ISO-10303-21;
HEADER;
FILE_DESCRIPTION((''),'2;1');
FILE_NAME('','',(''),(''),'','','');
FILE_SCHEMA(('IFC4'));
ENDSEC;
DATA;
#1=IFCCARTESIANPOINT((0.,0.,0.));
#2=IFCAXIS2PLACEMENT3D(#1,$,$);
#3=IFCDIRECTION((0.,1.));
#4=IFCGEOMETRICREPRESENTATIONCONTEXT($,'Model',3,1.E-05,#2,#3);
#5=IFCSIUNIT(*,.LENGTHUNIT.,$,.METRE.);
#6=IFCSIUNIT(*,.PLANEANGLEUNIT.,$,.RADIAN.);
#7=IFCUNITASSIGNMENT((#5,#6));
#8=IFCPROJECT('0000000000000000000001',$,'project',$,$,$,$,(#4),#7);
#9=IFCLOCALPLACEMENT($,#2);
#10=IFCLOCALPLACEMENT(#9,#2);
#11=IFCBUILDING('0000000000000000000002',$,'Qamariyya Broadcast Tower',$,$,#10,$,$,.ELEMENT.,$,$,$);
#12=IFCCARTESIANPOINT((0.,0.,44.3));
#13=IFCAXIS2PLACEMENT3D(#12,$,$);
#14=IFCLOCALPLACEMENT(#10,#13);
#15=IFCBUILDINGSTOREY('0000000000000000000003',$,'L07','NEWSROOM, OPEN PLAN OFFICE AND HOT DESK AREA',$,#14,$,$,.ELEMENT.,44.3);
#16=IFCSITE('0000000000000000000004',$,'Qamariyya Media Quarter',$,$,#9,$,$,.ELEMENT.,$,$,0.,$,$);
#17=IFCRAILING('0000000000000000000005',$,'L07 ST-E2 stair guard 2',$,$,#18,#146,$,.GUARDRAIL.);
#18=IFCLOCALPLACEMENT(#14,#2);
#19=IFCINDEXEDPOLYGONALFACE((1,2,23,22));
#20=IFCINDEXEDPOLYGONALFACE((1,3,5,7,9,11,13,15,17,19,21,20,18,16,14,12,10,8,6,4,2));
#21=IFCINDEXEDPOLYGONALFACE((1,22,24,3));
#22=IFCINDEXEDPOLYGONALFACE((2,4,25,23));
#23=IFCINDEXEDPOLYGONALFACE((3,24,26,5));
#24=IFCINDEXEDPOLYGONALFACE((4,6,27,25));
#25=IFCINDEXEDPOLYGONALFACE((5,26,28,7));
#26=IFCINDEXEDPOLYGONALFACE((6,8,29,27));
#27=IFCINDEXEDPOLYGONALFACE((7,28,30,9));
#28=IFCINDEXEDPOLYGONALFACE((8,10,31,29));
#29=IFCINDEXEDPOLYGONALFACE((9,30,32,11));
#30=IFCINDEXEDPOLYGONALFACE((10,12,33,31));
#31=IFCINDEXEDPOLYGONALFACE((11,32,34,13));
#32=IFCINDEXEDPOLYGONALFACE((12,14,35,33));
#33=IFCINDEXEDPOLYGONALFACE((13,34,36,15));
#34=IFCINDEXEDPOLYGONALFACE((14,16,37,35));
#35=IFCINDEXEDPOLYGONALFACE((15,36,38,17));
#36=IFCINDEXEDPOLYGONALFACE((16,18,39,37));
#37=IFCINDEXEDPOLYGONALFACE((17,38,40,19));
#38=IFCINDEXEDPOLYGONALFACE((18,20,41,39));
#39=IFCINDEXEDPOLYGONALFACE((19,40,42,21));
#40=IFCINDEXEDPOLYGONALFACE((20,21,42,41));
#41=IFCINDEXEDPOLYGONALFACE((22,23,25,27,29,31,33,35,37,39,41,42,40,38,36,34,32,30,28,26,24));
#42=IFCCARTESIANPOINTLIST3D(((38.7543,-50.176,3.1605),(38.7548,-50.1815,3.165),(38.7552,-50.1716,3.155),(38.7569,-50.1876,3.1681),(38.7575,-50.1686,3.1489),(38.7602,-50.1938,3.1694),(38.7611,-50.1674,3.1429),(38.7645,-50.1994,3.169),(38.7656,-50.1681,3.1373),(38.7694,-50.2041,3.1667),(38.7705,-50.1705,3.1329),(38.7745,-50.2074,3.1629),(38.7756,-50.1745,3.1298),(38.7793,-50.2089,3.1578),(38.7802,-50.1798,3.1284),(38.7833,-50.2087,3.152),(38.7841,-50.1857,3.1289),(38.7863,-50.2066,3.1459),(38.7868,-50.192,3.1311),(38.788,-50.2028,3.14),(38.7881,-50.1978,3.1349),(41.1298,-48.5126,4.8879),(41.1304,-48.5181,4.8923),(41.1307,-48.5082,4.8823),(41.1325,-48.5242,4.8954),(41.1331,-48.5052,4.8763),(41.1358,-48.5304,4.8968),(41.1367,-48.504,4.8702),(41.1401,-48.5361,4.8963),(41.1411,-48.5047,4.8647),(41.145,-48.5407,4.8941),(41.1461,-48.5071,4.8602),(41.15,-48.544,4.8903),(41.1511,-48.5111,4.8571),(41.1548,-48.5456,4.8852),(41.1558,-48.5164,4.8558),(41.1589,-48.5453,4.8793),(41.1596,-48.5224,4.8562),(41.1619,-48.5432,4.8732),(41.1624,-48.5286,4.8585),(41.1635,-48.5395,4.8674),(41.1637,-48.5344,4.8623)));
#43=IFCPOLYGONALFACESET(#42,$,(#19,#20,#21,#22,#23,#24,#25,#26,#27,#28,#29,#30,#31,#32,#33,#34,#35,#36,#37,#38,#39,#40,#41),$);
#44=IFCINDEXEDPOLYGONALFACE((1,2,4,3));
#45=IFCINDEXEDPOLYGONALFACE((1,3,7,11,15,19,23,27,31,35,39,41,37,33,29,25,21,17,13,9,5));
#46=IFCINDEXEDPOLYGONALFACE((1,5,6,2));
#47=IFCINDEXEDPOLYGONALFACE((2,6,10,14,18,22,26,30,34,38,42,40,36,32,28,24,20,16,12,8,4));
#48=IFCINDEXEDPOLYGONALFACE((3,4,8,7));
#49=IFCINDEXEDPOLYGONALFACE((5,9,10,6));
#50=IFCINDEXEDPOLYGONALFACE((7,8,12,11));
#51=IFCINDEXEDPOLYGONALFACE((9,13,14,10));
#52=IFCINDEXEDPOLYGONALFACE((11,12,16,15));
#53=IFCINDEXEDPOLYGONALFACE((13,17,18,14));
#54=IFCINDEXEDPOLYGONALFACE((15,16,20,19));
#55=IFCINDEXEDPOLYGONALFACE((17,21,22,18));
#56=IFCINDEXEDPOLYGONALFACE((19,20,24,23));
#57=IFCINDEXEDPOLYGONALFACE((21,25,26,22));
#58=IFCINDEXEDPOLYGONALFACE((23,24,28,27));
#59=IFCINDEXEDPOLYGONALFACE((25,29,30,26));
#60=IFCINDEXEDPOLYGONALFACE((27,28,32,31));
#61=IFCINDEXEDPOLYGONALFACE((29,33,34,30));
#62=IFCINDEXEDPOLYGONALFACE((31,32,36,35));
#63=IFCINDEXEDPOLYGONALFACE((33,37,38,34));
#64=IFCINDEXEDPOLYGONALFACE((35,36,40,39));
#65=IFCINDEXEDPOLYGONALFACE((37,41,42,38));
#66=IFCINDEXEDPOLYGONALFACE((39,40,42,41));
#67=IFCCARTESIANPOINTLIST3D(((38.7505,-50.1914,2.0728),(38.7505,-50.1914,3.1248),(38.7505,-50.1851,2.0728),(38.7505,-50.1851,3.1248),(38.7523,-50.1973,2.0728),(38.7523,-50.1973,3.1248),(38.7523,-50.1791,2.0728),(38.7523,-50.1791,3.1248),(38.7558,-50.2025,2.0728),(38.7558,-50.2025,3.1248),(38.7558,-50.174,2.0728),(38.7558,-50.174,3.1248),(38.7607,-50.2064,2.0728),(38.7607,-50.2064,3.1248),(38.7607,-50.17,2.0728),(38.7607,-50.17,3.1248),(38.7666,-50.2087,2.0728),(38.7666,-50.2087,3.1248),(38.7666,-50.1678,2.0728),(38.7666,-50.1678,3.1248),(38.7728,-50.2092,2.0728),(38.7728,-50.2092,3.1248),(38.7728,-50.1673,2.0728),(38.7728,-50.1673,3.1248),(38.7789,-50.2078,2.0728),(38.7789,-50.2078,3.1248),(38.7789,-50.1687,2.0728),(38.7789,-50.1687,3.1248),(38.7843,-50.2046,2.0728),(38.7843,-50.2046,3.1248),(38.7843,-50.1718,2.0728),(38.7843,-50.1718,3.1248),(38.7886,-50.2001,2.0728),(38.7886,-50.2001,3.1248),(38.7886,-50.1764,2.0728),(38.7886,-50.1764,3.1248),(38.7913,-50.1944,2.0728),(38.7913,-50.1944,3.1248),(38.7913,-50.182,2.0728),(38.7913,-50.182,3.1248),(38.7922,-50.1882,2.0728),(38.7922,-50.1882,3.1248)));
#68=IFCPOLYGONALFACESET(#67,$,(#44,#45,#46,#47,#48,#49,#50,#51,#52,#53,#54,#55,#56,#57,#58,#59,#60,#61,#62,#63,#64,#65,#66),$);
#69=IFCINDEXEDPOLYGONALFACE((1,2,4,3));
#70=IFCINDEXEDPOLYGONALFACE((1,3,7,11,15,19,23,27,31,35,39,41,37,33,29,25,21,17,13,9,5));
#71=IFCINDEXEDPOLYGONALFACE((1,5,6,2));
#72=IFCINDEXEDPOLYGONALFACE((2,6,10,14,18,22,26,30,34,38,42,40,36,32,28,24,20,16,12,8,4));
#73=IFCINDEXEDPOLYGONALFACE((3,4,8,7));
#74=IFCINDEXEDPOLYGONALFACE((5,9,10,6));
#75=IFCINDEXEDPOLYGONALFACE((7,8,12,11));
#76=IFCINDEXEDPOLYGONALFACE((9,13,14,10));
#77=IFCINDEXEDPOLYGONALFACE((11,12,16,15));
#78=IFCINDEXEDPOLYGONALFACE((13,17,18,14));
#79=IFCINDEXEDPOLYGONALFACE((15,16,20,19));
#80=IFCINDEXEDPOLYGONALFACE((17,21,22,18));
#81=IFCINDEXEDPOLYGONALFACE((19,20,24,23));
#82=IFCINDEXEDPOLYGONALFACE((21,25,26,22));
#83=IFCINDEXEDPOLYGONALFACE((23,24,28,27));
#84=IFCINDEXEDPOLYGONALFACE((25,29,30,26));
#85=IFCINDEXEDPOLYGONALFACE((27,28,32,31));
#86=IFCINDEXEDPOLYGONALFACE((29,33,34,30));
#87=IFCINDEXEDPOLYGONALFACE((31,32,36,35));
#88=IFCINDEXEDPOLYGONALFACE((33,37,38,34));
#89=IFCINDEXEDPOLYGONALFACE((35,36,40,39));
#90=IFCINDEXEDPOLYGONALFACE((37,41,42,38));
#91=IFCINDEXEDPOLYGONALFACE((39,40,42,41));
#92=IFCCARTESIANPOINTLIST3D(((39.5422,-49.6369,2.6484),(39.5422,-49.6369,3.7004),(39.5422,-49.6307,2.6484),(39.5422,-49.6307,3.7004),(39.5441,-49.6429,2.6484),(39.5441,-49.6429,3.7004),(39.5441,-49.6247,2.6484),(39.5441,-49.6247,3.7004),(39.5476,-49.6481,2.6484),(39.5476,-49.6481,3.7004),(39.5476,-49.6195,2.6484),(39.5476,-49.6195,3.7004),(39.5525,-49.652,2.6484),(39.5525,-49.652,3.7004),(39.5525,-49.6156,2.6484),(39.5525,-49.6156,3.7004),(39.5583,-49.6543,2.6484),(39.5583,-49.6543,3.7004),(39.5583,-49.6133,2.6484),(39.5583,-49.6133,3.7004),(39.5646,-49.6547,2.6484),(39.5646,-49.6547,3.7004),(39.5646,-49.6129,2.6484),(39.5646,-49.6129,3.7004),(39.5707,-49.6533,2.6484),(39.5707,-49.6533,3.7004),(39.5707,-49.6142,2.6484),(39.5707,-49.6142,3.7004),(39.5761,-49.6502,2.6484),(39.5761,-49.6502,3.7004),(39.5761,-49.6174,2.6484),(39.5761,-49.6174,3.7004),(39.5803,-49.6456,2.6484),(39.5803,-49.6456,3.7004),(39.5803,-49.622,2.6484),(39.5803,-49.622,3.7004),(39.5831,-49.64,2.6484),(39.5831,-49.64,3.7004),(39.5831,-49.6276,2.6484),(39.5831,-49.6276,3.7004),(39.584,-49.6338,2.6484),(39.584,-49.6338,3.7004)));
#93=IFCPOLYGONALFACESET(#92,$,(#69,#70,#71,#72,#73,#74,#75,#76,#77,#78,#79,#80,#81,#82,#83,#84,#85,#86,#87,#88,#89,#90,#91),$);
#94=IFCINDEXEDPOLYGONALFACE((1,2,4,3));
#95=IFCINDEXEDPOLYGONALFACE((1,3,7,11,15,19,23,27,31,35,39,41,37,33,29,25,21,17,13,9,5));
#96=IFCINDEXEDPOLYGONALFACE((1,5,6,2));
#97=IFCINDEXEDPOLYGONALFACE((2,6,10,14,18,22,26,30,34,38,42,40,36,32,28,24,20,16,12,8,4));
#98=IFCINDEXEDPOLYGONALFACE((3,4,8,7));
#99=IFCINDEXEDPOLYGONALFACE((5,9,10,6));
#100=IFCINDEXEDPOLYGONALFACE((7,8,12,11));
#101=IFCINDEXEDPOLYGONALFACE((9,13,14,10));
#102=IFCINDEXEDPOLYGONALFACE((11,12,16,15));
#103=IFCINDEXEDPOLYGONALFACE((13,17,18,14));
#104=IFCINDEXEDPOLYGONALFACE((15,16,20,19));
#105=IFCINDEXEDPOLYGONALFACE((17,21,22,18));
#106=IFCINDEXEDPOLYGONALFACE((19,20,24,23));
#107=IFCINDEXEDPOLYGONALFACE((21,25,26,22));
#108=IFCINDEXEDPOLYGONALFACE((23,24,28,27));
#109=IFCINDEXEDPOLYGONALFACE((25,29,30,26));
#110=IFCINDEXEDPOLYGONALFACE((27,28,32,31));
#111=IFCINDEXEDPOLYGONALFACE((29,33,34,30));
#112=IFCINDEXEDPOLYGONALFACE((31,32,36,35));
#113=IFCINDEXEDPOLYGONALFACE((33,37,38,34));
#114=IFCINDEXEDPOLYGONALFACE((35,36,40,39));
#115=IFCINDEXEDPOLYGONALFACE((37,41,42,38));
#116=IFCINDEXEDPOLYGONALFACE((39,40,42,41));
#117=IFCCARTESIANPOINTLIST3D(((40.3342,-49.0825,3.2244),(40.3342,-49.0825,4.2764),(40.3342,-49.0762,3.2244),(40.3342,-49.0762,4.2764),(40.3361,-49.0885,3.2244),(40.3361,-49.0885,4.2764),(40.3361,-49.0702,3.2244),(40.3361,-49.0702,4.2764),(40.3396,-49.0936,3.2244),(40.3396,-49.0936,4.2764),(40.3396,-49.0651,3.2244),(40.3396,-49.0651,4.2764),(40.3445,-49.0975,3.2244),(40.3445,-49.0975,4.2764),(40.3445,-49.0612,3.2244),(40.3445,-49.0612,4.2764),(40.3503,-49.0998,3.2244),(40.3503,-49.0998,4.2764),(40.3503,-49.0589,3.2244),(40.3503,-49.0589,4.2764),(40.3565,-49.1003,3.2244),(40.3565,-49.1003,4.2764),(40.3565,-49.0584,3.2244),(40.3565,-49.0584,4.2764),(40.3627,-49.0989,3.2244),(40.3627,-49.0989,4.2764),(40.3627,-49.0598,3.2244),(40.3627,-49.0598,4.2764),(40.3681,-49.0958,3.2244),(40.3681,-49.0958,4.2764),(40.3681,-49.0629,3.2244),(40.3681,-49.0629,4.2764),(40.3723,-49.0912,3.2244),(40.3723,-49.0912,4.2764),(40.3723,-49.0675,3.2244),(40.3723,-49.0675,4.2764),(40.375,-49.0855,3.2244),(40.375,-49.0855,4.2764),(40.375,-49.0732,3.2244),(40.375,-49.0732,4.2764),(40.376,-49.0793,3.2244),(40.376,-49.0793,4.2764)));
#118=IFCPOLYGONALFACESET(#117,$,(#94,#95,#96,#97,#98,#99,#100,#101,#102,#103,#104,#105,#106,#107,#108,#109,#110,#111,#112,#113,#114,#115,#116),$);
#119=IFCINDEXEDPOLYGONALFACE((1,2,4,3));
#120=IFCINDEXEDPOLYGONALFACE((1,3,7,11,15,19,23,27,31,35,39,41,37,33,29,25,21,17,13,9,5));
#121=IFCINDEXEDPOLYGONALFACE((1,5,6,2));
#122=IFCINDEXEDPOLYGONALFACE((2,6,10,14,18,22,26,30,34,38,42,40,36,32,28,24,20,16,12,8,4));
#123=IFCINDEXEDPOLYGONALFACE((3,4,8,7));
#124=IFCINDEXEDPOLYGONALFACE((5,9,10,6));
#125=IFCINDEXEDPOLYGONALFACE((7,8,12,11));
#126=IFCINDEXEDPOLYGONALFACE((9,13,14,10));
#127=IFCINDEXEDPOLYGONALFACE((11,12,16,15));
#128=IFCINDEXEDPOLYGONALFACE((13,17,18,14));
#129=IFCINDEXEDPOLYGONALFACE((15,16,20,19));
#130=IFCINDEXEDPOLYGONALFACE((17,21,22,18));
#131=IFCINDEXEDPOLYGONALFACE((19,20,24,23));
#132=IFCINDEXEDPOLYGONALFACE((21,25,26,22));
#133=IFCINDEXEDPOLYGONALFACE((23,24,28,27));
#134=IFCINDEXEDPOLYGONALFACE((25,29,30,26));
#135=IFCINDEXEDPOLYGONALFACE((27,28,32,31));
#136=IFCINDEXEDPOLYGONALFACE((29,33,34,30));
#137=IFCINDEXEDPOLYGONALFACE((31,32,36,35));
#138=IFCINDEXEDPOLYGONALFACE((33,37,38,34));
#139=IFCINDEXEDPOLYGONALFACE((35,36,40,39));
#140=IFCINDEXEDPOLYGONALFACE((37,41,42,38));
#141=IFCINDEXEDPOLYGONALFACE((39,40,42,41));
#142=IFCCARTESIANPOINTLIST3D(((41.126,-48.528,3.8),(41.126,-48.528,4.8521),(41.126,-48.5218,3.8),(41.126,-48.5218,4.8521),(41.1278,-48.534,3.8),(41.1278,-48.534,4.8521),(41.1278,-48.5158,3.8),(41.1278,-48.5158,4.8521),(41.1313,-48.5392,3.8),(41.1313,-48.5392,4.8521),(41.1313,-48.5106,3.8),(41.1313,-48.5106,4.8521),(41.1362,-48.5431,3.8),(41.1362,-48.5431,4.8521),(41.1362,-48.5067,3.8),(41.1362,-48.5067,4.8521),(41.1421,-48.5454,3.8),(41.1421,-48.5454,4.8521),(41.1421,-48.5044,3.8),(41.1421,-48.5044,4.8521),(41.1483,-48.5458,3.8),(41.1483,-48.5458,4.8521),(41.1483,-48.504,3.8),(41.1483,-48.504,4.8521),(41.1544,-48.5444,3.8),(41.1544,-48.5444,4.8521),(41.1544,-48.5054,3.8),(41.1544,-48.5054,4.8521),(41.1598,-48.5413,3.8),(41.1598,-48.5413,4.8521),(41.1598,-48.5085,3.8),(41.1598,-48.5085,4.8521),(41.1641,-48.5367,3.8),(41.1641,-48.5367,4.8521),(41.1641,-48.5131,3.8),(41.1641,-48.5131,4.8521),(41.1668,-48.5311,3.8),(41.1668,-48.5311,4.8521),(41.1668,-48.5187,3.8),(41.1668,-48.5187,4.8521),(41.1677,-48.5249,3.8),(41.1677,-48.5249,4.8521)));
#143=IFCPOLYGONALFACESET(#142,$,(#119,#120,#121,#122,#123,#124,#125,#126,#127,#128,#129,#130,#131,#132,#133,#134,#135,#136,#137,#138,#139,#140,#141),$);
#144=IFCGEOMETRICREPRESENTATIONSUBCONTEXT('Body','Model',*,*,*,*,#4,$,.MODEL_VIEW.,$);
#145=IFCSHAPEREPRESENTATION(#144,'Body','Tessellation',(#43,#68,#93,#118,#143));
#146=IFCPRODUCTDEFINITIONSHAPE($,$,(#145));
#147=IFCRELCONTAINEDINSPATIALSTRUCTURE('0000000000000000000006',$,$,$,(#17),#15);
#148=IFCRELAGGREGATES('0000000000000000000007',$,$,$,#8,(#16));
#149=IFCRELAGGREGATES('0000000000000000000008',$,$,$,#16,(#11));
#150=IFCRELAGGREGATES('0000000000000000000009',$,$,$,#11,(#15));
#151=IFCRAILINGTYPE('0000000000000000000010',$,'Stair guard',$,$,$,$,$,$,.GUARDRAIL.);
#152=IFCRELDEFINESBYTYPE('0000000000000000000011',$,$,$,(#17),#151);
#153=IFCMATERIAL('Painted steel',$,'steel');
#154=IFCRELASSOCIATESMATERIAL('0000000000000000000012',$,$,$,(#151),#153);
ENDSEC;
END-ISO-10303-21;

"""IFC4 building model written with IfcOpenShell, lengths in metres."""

from ifc_helpers import new_model, si_unit, direction, frame, origin, origin_2d, place, context, subcontext, project, spatial, circle, extrude, material, type_object, element, save


model = new_model("IFC4")

# Units and contexts
model_context = context("Model", 3, precision=1e-05, world=origin(), true_north=direction((0.0, 1.0)))
body_context = subcontext(model_context, "Body", "Model", "MODEL_VIEW")
ifc_project = project(units=[si_unit("LENGTHUNIT", "METRE"), si_unit("PLANEANGLEUNIT", "RADIAN")], contexts=[model_context])

# Site, building, storey
site_placement = place(None, origin())
site = spatial("IfcSite", under=ifc_project, at=site_placement, Name="Qamariyya Media Quarter", CompositionType="ELEMENT", RefElevation=0.0)
building_placement = place(site_placement, origin())
building = spatial("IfcBuilding", under=site, at=building_placement, Name="Qamariyya Broadcast Tower", CompositionType="ELEMENT")
storey_placement = place(building_placement, frame((0.0, 0.0, 44.3)))
storey = spatial("IfcBuildingStorey", under=building, at=storey_placement, Name="L07", Description="NEWSROOM, OPEN PLAN OFFICE AND HOT DESK AREA", CompositionType="ELEMENT", Elevation=44.3)

# Railing
ifc_material_1 = material(Name="Painted steel", Category="steel")
railing_type_1 = type_object("IfcRailingType", Name="Stair guard", PredefinedType="GUARDRAIL", material=ifc_material_1)
railing_1_placement = place(storey_placement, frame((38.7712, -50.1882, 2.0728)))
element("IfcRailing", 1, at=railing_1_placement, inside=storey, type_object=railing_type_1, Name="L07 ST-E2 stair guard 2", PredefinedType="GUARDRAIL", context=body_context, shape_type="SweptSolid", body=[
    extrude(circle(Radius=0.0239, at=origin_2d()), frame((0.0, 0.0, 1.0762), z_axis=(0.70377, 0.492784, 0.511734), x_axis=(-0.573575, 0.819153, 0.0)), (0.0, 0.0, 1.0), 3.3755),
    extrude(circle(Radius=0.021, at=origin_2d()), origin(), (0.0, 0.0, 1.0), 1.052),
    extrude(circle(Radius=0.021, at=origin_2d()), frame((0.7917, 0.5544, 0.5757)), (0.0, 0.0, 1.0), 1.052),
    extrude(circle(Radius=0.021, at=origin_2d()), frame((1.5837, 1.1089, 1.1516)), (0.0, 0.0, 1.0), 1.052),
    extrude(circle(Radius=0.021, at=origin_2d()), frame((2.3755, 1.6633, 1.7273)), (0.0, 0.0, 1.0), 1.052),
])

save(model, "model.ifc")
